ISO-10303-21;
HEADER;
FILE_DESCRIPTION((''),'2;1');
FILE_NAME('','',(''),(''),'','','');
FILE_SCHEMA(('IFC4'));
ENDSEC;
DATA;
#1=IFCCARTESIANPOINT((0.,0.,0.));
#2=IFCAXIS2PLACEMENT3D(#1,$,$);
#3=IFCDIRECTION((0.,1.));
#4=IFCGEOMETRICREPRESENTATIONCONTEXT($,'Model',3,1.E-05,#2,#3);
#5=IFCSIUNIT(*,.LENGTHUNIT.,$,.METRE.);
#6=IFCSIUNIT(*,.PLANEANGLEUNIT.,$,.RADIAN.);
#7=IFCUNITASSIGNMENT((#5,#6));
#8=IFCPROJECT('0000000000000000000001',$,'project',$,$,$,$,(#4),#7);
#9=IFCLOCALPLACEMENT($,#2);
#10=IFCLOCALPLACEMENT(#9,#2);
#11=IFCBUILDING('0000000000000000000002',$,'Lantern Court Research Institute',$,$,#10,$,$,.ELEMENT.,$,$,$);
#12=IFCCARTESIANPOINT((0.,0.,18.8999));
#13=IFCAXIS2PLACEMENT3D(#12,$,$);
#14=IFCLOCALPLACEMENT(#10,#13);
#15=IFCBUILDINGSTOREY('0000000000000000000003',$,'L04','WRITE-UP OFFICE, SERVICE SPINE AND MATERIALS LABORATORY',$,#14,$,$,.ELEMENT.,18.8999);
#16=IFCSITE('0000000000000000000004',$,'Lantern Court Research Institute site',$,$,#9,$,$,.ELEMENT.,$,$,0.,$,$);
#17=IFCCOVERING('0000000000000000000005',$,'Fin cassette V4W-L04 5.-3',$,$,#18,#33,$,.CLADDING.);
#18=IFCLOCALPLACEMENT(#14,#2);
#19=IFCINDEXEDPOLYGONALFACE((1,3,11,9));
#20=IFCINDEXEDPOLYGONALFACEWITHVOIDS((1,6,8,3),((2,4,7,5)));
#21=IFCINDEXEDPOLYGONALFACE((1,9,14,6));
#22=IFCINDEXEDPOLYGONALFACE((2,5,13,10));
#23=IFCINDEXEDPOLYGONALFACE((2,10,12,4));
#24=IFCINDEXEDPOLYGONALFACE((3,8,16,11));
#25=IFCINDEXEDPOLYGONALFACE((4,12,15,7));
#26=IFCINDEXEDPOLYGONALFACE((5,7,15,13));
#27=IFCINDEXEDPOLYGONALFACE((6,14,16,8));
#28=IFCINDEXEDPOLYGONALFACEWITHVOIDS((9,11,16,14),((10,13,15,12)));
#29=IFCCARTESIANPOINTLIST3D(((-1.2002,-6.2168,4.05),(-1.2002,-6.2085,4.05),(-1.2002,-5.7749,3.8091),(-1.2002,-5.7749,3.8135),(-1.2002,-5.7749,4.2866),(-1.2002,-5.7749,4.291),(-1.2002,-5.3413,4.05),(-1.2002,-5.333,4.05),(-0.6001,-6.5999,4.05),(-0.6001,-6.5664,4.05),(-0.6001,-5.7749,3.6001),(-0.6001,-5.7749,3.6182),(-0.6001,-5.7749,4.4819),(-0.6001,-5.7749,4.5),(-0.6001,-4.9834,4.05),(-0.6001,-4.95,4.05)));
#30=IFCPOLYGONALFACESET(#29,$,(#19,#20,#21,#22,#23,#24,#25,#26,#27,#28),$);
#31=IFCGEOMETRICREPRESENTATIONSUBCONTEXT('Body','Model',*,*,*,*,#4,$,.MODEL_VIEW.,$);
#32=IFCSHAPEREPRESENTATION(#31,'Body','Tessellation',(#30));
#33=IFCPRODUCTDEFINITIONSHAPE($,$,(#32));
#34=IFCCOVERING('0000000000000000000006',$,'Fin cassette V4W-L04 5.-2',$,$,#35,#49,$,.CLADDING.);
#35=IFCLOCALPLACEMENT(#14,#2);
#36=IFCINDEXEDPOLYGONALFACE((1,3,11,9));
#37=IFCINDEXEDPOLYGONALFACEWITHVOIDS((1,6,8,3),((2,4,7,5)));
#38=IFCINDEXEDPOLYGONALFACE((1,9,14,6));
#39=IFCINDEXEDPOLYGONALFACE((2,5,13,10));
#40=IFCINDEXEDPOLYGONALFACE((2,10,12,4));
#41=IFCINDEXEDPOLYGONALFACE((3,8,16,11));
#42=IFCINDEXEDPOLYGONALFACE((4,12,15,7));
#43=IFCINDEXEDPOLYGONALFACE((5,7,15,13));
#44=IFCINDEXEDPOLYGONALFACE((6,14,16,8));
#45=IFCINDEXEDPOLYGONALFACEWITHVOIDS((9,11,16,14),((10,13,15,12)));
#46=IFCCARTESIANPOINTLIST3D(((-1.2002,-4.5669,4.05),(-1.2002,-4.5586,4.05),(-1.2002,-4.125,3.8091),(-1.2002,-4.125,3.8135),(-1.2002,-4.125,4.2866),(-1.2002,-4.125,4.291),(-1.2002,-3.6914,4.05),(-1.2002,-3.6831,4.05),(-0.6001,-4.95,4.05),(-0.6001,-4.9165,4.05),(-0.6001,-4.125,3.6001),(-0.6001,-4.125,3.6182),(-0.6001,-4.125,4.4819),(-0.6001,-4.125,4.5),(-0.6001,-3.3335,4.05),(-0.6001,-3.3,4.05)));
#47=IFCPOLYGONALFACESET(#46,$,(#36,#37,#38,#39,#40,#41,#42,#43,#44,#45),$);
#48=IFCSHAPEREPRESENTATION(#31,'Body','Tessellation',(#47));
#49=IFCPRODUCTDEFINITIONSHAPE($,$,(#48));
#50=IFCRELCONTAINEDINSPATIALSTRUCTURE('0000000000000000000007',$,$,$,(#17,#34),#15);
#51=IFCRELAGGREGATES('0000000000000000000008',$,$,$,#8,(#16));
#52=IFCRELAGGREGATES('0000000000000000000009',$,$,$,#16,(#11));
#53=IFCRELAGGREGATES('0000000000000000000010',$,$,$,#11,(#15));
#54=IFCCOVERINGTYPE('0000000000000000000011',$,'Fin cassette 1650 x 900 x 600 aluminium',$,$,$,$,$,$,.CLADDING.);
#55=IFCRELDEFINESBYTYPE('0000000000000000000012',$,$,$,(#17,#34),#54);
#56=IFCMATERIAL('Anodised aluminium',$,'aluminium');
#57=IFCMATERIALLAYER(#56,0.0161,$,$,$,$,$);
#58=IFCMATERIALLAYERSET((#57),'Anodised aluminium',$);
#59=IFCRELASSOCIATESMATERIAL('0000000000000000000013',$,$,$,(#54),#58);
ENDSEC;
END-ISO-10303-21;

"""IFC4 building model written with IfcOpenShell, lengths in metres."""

from ifc_helpers import new_model, entity, si_unit, direction, frame, origin, place, context, subcontext, project, spatial, material, layer, layer_set, type_object, element, save


model = new_model("IFC4")

# Units and contexts
model_context = context("Model", 3, precision=1e-05, world=origin(), true_north=direction((0.0, 1.0)))
body_context = subcontext(model_context, "Body", "Model", "MODEL_VIEW")
ifc_project = project(units=[si_unit("LENGTHUNIT", "METRE"), si_unit("PLANEANGLEUNIT", "RADIAN")], contexts=[model_context])

# Site, building, storey
site_placement = place(None, origin())
site = spatial("IfcSite", under=ifc_project, at=site_placement, Name="Lantern Court Research Institute site", CompositionType="ELEMENT", RefElevation=0.0)
building_placement = place(site_placement, origin())
building = spatial("IfcBuilding", under=site, at=building_placement, Name="Lantern Court Research Institute", CompositionType="ELEMENT")
storey_placement = place(building_placement, frame((0.0, 0.0, 18.8999)))
storey = spatial("IfcBuildingStorey", under=building, at=storey_placement, Name="L04", Description="WRITE-UP OFFICE, SERVICE SPINE AND MATERIALS LABORATORY", CompositionType="ELEMENT", Elevation=18.8999)

# Coverings
ifc_material_1 = material(Name="Anodised aluminium", Category="aluminium")
ifc_layer_1 = layer(ifc_material_1, 0.0161)
ifc_layer_set_1 = layer_set([ifc_layer_1], Name="Anodised aluminium")
covering_type = type_object("IfcCoveringType", Name="Fin cassette 1650 x 900 x 600 aluminium", PredefinedType="CLADDING", material=ifc_layer_set_1)
covering_1_placement = place(storey_placement, frame((-0.6001, -5.7749, 4.05), z_axis=(-1.0, 0.0, 0.0), x_axis=(0.0, -1.0, 0.0)))
cartesian_point_1 = entity("IfcCartesianPoint", [0.825, 0.0])
cartesian_point_2 = entity("IfcCartesianPoint", [0.7915, 0.0])
cartesian_point_3 = entity("IfcCartesianPoint", [0.4419, 0.0])
cartesian_point_4 = entity("IfcCartesianPoint", [0.4336, 0.0])
element("IfcCovering", 1, at=covering_1_placement, inside=storey, type_object=covering_type, Name="Fin cassette V4W-L04 5.-3", PredefinedType="CLADDING", context=body_context, shape_type="SweptSolid", body=[
    entity("IfcExtrudedAreaSolidTapered", entity("IfcArbitraryProfileDefWithVoids", "AREA", None, entity("IfcPolyline", [cartesian_point_1, entity("IfcCartesianPoint", [0.0, 0.45]), entity("IfcCartesianPoint", [-0.825, 0.0]), entity("IfcCartesianPoint", [0.0, -0.45]), cartesian_point_1]), [entity("IfcPolyline", [cartesian_point_2, entity("IfcCartesianPoint", [0.0, 0.4319]), entity("IfcCartesianPoint", [-0.7915, 0.0]), entity("IfcCartesianPoint", [0.0, -0.4319]), cartesian_point_2])]), entity("IfcAxis2Placement3D", entity("IfcCartesianPoint", [0.0, 0.0, 0.0])), entity("IfcDirection", [0.0, 0.0, 1.0]), 0.6001, entity("IfcArbitraryProfileDefWithVoids", "AREA", None, entity("IfcPolyline", [cartesian_point_3, entity("IfcCartesianPoint", [0.0, 0.241]), entity("IfcCartesianPoint", [-0.4419, 0.0]), entity("IfcCartesianPoint", [0.0, -0.241]), cartesian_point_3]), [entity("IfcPolyline", [cartesian_point_4, entity("IfcCartesianPoint", [0.0, 0.2366]), entity("IfcCartesianPoint", [-0.4336, 0.0]), entity("IfcCartesianPoint", [0.0, -0.2366]), cartesian_point_4])])),
])
covering_2_placement = place(storey_placement, frame((-0.6001, -4.125, 4.05), z_axis=(-1.0, 0.0, 0.0), x_axis=(0.0, -1.0, 0.0)))
cartesian_point_5 = entity("IfcCartesianPoint", [0.825, 0.0])
cartesian_point_6 = entity("IfcCartesianPoint", [0.7915, 0.0])
cartesian_point_7 = entity("IfcCartesianPoint", [0.4419, 0.0])
cartesian_point_8 = entity("IfcCartesianPoint", [0.4336, 0.0])
element("IfcCovering", 2, at=covering_2_placement, inside=storey, type_object=covering_type, Name="Fin cassette V4W-L04 5.-2", PredefinedType="CLADDING", context=body_context, shape_type="SweptSolid", body=[
    entity("IfcExtrudedAreaSolidTapered", entity("IfcArbitraryProfileDefWithVoids", "AREA", None, entity("IfcPolyline", [cartesian_point_5, entity("IfcCartesianPoint", [0.0, 0.45]), entity("IfcCartesianPoint", [-0.825, 0.0]), entity("IfcCartesianPoint", [0.0, -0.45]), cartesian_point_5]), [entity("IfcPolyline", [cartesian_point_6, entity("IfcCartesianPoint", [0.0, 0.4319]), entity("IfcCartesianPoint", [-0.7915, 0.0]), entity("IfcCartesianPoint", [0.0, -0.4319]), cartesian_point_6])]), entity("IfcAxis2Placement3D", entity("IfcCartesianPoint", [0.0, 0.0, 0.0])), entity("IfcDirection", [0.0, 0.0, 1.0]), 0.6001, entity("IfcArbitraryProfileDefWithVoids", "AREA", None, entity("IfcPolyline", [cartesian_point_7, entity("IfcCartesianPoint", [0.0, 0.241]), entity("IfcCartesianPoint", [-0.4419, 0.0]), entity("IfcCartesianPoint", [0.0, -0.241]), cartesian_point_7]), [entity("IfcPolyline", [cartesian_point_8, entity("IfcCartesianPoint", [0.0, 0.2366]), entity("IfcCartesianPoint", [-0.4336, 0.0]), entity("IfcCartesianPoint", [0.0, -0.2366]), cartesian_point_8])])),
])

save(model, "model.ifc")
